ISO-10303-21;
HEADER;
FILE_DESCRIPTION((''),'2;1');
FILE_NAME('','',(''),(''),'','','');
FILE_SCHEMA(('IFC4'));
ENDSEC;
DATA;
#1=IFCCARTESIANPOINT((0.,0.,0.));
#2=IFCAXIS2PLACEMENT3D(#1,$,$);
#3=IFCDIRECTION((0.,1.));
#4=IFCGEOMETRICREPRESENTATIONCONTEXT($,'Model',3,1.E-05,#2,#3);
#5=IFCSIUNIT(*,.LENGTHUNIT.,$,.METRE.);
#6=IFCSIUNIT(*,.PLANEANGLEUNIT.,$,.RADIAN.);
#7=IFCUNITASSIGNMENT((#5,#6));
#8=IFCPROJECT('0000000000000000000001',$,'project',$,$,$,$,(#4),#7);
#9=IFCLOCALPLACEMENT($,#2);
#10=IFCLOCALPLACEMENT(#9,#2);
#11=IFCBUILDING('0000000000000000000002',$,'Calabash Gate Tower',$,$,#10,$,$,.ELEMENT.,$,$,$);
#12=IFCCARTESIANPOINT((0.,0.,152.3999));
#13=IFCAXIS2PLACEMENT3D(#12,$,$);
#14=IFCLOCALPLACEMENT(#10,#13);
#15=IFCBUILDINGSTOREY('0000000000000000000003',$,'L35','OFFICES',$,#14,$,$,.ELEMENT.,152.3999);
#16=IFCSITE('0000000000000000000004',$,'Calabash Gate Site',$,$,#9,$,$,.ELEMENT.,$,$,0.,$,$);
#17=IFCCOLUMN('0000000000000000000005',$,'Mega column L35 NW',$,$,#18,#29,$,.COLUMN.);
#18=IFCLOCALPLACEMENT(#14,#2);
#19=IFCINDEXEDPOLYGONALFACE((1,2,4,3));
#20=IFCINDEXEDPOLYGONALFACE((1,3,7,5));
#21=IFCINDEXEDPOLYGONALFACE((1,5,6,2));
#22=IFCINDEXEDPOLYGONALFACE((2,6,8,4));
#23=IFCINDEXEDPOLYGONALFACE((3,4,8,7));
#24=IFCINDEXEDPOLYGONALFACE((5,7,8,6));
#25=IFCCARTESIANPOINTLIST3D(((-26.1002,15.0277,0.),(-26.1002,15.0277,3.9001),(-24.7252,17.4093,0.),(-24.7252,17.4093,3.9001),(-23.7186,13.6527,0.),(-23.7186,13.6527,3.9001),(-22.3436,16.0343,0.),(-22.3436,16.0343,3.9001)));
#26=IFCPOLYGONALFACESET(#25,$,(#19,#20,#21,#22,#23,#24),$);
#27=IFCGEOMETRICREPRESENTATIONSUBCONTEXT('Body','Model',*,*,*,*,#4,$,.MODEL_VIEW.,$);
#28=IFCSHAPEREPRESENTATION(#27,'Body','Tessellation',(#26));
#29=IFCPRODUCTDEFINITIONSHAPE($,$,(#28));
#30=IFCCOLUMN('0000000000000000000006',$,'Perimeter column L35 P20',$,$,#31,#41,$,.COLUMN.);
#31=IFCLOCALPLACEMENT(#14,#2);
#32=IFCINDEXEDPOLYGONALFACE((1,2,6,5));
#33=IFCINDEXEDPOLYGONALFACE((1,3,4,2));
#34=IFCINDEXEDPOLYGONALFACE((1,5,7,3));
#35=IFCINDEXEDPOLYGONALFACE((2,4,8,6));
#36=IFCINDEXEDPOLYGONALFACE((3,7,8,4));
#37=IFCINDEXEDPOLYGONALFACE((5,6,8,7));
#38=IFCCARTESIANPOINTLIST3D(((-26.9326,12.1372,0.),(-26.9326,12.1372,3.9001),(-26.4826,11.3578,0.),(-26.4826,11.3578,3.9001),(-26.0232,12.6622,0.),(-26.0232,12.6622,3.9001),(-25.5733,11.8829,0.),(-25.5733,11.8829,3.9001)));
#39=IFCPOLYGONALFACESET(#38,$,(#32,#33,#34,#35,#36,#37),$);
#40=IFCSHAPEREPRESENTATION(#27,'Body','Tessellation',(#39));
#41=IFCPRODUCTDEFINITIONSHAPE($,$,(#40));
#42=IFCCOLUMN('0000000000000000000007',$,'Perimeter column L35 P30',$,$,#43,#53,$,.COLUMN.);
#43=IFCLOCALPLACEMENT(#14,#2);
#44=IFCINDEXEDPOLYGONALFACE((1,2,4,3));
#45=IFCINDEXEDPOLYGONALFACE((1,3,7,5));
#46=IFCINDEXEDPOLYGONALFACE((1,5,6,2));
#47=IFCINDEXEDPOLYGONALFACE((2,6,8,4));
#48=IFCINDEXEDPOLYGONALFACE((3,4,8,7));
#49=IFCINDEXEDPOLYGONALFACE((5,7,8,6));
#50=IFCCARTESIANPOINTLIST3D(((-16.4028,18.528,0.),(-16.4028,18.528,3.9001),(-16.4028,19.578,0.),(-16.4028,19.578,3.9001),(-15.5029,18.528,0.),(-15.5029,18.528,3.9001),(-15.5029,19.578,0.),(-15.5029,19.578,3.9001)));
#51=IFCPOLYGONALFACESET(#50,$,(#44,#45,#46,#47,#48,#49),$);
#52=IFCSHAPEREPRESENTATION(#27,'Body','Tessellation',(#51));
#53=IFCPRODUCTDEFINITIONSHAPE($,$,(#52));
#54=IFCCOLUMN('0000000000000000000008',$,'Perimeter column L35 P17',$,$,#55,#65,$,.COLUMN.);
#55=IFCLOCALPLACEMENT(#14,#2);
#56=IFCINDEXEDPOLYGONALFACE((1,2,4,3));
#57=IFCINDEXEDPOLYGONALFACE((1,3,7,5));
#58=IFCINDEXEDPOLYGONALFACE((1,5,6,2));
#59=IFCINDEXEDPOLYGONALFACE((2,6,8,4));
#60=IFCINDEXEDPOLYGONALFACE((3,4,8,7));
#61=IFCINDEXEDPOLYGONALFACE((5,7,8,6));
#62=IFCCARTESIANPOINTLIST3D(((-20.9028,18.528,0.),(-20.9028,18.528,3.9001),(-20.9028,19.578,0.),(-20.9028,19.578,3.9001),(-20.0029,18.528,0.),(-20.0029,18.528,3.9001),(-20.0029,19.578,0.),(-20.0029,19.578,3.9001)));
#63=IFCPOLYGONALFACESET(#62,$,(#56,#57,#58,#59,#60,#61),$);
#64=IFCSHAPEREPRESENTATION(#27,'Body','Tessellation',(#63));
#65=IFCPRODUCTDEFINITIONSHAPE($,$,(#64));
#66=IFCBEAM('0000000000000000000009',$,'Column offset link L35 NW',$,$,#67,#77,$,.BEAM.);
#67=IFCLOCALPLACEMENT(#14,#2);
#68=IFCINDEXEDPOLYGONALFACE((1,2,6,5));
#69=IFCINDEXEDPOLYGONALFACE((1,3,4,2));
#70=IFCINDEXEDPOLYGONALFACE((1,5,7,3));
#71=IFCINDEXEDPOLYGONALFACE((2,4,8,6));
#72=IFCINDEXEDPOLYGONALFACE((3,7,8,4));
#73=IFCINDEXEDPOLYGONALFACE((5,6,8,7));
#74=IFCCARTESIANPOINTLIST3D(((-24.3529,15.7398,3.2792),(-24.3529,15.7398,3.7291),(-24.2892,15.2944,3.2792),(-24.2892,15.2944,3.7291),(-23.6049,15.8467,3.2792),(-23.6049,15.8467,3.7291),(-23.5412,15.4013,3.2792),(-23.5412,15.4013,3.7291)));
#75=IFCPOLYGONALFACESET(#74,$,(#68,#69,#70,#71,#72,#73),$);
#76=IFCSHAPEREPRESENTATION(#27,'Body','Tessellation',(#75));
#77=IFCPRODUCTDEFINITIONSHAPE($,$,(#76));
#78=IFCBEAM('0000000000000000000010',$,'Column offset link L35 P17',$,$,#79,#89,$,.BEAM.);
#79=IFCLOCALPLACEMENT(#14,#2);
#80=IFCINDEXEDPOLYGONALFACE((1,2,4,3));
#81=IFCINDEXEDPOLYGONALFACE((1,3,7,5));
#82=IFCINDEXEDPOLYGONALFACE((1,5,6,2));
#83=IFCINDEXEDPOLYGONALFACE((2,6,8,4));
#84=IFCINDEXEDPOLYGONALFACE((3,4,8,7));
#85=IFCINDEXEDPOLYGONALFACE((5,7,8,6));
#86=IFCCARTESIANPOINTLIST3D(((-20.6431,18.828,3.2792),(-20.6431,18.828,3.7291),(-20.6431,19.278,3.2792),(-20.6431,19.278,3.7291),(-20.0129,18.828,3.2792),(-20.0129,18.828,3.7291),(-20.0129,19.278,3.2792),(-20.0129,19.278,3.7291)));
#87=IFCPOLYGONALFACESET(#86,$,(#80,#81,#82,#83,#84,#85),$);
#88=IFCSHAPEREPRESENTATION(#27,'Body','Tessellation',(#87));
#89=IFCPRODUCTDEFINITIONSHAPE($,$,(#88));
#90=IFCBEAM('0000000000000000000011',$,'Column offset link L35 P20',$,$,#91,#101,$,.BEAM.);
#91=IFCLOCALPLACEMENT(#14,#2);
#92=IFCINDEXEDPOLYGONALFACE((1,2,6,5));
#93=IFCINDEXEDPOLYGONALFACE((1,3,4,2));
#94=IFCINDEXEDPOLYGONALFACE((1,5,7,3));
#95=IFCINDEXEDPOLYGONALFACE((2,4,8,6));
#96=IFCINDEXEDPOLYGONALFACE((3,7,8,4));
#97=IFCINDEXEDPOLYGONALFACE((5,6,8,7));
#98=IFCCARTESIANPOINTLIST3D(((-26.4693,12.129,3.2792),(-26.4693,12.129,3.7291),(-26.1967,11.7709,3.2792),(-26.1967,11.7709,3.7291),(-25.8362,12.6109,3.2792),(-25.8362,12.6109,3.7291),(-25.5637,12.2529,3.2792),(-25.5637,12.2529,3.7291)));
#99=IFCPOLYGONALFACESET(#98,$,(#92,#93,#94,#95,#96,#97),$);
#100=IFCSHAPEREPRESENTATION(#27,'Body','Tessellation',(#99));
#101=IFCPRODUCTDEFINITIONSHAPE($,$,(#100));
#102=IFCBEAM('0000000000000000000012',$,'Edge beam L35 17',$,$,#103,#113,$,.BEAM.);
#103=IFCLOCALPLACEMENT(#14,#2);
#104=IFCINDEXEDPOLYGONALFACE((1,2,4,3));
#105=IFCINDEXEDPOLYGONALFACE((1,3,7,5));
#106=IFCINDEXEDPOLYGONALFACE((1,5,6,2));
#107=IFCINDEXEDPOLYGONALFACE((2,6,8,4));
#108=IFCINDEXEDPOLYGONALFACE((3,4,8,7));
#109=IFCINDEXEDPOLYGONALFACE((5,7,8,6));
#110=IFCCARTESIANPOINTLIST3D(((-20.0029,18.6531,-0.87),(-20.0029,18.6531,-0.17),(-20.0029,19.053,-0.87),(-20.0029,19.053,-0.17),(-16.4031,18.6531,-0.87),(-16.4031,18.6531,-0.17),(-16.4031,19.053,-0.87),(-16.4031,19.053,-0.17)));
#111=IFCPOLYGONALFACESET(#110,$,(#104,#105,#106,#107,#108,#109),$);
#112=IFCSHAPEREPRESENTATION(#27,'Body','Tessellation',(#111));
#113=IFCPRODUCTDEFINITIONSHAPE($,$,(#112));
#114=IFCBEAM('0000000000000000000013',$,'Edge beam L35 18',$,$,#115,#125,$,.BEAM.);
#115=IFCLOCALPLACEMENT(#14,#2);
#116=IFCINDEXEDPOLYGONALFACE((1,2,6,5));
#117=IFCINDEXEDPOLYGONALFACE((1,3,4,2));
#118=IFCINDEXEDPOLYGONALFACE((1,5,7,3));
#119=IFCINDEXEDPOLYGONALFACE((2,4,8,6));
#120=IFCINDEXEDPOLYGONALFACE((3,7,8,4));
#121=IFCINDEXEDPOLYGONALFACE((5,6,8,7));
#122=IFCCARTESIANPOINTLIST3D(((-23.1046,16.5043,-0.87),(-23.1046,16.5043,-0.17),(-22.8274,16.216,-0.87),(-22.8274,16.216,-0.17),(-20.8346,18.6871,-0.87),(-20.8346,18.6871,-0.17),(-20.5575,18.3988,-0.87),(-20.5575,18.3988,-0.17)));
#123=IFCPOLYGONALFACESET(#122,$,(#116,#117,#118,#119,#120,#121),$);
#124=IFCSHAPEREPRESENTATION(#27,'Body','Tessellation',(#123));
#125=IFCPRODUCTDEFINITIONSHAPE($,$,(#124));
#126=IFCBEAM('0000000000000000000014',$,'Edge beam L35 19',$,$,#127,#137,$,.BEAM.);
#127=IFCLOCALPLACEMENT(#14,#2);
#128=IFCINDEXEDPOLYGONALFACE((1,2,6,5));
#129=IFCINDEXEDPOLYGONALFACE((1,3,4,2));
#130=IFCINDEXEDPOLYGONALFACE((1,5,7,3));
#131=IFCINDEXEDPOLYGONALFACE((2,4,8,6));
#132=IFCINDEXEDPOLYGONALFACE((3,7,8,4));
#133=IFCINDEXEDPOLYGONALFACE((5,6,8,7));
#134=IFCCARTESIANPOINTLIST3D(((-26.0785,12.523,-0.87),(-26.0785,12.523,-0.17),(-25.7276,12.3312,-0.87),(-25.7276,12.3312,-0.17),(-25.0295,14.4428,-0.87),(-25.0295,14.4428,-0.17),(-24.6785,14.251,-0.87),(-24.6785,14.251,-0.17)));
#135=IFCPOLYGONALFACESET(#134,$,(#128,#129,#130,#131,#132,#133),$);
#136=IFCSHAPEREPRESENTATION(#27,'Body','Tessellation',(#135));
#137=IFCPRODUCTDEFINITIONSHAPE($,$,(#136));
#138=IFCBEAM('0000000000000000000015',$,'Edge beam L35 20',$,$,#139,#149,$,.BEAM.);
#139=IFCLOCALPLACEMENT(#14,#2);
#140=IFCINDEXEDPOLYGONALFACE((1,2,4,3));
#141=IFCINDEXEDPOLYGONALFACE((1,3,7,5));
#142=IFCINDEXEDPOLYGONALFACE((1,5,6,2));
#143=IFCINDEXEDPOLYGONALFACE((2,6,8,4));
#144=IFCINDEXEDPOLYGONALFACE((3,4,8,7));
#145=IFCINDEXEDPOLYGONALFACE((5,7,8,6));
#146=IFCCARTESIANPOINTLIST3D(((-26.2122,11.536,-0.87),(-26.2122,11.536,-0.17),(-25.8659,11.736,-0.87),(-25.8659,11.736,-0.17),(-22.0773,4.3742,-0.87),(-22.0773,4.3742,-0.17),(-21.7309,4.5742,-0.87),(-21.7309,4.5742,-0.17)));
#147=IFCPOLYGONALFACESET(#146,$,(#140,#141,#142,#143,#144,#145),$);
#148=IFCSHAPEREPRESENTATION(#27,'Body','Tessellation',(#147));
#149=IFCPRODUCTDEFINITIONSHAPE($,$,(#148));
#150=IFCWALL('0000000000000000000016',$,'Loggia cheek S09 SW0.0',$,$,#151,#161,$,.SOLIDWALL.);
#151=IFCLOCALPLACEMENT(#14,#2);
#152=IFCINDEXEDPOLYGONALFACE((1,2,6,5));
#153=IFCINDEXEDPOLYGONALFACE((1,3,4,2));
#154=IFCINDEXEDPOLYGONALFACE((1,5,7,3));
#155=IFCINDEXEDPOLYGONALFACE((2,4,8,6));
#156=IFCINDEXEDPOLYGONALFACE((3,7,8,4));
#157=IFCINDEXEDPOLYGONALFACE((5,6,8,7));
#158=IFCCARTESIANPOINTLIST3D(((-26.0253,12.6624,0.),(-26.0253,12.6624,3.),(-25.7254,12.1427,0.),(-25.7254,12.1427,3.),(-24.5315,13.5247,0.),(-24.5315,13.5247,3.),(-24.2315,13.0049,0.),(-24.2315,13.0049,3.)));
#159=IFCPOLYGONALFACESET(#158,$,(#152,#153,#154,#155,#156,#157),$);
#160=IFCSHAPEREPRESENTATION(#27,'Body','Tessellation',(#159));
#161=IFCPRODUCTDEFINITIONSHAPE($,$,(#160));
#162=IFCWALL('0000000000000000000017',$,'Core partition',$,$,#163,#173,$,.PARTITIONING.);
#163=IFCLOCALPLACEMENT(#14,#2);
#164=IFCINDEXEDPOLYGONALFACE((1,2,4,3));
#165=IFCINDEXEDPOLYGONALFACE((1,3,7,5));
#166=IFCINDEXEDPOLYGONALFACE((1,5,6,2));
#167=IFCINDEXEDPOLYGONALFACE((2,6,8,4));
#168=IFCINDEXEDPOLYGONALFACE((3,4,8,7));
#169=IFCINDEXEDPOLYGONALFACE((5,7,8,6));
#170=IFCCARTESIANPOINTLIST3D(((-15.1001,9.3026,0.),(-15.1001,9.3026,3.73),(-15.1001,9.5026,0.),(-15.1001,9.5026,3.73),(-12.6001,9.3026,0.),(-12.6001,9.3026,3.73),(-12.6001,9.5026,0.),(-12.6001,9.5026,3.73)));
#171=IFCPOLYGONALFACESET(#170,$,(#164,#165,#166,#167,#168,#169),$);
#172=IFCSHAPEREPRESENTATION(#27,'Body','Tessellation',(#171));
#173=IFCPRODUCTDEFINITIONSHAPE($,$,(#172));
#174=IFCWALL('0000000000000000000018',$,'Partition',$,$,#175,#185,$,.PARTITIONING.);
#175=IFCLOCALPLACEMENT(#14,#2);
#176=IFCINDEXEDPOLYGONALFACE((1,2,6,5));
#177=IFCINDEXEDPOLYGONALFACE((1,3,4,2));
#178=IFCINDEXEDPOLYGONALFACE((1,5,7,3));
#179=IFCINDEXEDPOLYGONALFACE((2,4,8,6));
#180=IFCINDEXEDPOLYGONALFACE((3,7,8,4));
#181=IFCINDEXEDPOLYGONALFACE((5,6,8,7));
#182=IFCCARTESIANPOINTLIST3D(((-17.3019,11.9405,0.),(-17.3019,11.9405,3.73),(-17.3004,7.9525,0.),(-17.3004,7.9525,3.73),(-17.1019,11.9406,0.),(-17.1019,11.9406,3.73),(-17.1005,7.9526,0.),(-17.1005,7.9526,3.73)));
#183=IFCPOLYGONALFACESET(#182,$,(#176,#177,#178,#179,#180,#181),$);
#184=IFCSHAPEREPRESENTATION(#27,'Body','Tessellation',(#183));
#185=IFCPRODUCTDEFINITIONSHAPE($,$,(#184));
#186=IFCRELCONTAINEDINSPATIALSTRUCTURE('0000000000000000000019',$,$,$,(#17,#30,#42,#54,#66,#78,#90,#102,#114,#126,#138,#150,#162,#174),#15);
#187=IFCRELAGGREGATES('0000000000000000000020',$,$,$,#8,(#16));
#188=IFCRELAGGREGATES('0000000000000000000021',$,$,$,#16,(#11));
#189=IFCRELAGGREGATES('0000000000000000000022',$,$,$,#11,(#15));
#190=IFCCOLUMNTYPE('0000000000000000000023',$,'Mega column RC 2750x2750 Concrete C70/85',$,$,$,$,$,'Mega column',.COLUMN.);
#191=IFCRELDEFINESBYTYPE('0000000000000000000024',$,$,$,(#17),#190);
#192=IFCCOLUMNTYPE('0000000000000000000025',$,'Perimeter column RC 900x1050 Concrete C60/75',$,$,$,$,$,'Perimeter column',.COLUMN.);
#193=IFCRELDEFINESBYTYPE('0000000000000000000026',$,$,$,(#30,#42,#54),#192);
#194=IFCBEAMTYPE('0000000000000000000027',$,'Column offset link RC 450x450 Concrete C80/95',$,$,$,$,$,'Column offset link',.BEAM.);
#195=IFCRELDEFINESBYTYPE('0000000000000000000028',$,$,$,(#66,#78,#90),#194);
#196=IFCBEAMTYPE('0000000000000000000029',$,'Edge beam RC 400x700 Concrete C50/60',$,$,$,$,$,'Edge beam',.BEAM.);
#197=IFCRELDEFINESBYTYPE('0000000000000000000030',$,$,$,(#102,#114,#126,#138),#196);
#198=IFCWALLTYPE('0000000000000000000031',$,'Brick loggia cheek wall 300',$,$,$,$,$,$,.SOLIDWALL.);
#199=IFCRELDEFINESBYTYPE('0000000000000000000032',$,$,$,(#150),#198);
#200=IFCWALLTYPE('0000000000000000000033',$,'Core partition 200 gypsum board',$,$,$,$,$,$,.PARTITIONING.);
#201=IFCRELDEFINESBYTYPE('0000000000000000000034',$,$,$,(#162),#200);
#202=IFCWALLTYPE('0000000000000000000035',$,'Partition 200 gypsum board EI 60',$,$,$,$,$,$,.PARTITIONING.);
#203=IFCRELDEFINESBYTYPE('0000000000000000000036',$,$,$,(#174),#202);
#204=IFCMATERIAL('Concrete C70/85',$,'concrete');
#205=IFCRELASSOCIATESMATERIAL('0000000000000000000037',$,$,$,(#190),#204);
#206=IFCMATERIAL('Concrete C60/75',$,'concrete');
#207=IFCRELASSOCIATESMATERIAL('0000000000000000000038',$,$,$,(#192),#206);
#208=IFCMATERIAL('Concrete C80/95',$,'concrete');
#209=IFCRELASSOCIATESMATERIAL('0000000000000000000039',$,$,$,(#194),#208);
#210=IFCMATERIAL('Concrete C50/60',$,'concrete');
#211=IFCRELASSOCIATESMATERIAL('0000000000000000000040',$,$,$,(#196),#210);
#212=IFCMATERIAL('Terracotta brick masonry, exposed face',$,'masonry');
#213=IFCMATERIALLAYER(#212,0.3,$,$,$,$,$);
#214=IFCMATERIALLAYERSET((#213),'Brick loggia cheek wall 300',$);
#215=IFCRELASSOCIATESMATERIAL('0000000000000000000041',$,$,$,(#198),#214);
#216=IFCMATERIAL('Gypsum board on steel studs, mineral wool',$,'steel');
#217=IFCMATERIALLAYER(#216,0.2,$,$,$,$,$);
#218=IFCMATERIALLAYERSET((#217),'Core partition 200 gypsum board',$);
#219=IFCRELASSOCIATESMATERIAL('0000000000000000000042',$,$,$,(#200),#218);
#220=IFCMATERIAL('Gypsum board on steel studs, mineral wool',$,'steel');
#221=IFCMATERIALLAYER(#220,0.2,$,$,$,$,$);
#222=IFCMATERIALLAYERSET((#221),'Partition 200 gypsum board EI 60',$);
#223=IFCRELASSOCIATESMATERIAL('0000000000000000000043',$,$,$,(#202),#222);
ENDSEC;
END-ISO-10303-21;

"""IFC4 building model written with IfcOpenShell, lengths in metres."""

from ifc_helpers import new_model, si_unit, direction, frame, frame_2d, origin, origin_2d, place, context, subcontext, project, spatial, rectangle, extrude, material, layer, layer_set, material_profile, profile_set, type_object, element, save


model = new_model("IFC4")

# Units and contexts
model_context = context("Model", 3, precision=1e-05, world=origin(), true_north=direction((0.0, 1.0)))
body_context = subcontext(model_context, "Body", "Model", "MODEL_VIEW")
ifc_project = project(units=[si_unit("LENGTHUNIT", "METRE"), si_unit("PLANEANGLEUNIT", "RADIAN")], contexts=[model_context])

# Site, building, storey
site_placement = place(None, origin())
site = spatial("IfcSite", under=ifc_project, at=site_placement, Name="Calabash Gate Site", CompositionType="ELEMENT", RefElevation=0.0)
building_placement = place(site_placement, origin())
building = spatial("IfcBuilding", under=site, at=building_placement, Name="Calabash Gate Tower", CompositionType="ELEMENT")
storey_placement = place(building_placement, frame((0.0, 0.0, 152.3999)))
storey = spatial("IfcBuildingStorey", under=building, at=storey_placement, Name="L35", Description="OFFICES", CompositionType="ELEMENT", Elevation=152.3999)

# Columns
ifc_material_1 = material(Name="Concrete C70/85", Category="concrete")
ifc_material_profile_1 = material_profile(ifc_material_1, rectangle(XDim=2.75, YDim=2.75, at=origin_2d()))
ifc_profile_set_1 = profile_set([ifc_material_profile_1], Name="Concrete C70/85")
column_type_1 = type_object("IfcColumnType", Name="Mega column RC 2750x2750 Concrete C70/85", ElementType="Mega column", PredefinedType="COLUMN", material=ifc_profile_set_1)
column_placement = place(storey_placement, frame((-24.2219, 15.531, 0.0), z_axis=(0.0, 0.0, 1.0), x_axis=(0.866025, -0.5, 0.0)))
element("IfcColumn", 1, at=column_placement, inside=storey, type_object=column_type_1, Name="Mega column L35 NW", PredefinedType="COLUMN", context=body_context, shape_type="SweptSolid", body=[
    extrude(rectangle(XDim=2.75, YDim=2.75, at=origin_2d()), origin(), (0.0, 0.0, 1.0), 3.9001),
])
ifc_material_2 = material(Name="Concrete C60/75", Category="concrete")
ifc_material_profile_2 = material_profile(ifc_material_2, rectangle(XDim=0.8999, YDim=1.05, at=origin_2d()))
ifc_profile_set_2 = profile_set([ifc_material_profile_2], Name="Concrete C60/75")
column_type_2 = type_object("IfcColumnType", Name="Perimeter column RC 900x1050 Concrete C60/75", ElementType="Perimeter column", PredefinedType="COLUMN", material=ifc_profile_set_2)
for number, where, z_axis, x_axis, name in (
    (2, (-26.2529, 12.01, 0.0), (0.0, 0.0, 1.0), (0.5, -0.866025, 0.0), "Perimeter column L35 P20"),
    (3, (-15.9529, 19.053, 0.0), (0.0, 0.0, 1.0), (-1.0, 0.0, 0.0), "Perimeter column L35 P30"),
    (4, (-20.4529, 19.053, 0.0), (0.0, 0.0, 1.0), (-1.0, 0.0, 0.0), "Perimeter column L35 P17"),
):
    element("IfcColumn", number, at=place(storey_placement, frame(where, z_axis=z_axis, x_axis=x_axis)), inside=storey, type_object=column_type_2, Name=name, PredefinedType="COLUMN", context=body_context, shape_type="SweptSolid", body=[
        extrude(rectangle(XDim=0.8999, YDim=1.05, at=origin_2d()), origin(), (0.0, 0.0, 1.0), 3.9001),
    ])

# Beams
ifc_material_3 = material(Name="Concrete C80/95", Category="concrete")
ifc_material_profile_3 = material_profile(ifc_material_3, rectangle(XDim=0.45, YDim=0.45, at=origin_2d()))
ifc_profile_set_3 = profile_set([ifc_material_profile_3], Name="Concrete C80/95")
beam_type_1 = type_object("IfcBeamType", Name="Column offset link RC 450x450 Concrete C80/95", ElementType="Column offset link", PredefinedType="BEAM", material=ifc_profile_set_3)
beam_1_placement = place(storey_placement, frame((-24.321, 15.5171, 3.5042), z_axis=(0.989937, 0.141512, 0.0), x_axis=(-0.141512, 0.989937, 0.0)))
element("IfcBeam", 5, at=beam_1_placement, inside=storey, type_object=beam_type_1, Name="Column offset link L35 NW", PredefinedType="BEAM", context=body_context, shape_type="SweptSolid", body=[
    extrude(rectangle(XDim=0.45, YDim=0.45, at=origin_2d()), origin(), (0.0, 0.0, 1.0), 0.7556),
])
beam_2_placement = place(storey_placement, frame((-20.6431, 19.053, 3.5042), z_axis=(1.0, 0.0, 0.0), x_axis=(0.0, 1.0, 0.0)))
element("IfcBeam", 6, at=beam_2_placement, inside=storey, type_object=beam_type_1, Name="Column offset link L35 P17", PredefinedType="BEAM", context=body_context, shape_type="SweptSolid", body=[
    extrude(rectangle(XDim=0.45, YDim=0.45, at=origin_2d()), origin(), (0.0, 0.0, 1.0), 0.6301),
])
beam_3_placement = place(storey_placement, frame((-26.333, 11.95, 3.5042), z_axis=(0.795671, 0.605729, 0.0), x_axis=(-0.605729, 0.795671, 0.0)))
element("IfcBeam", 7, at=beam_3_placement, inside=storey, type_object=beam_type_1, Name="Column offset link L35 P20", PredefinedType="BEAM", context=body_context, shape_type="SweptSolid", body=[
    extrude(rectangle(XDim=0.45, YDim=0.45, at=origin_2d()), origin(), (0.0, 0.0, 1.0), 0.7957),
])
ifc_material_4 = material(Name="Concrete C50/60", Category="concrete")
ifc_material_profile_4 = material_profile(ifc_material_4, rectangle(XDim=0.3999, YDim=0.7, at=origin_2d()))
ifc_profile_set_4 = profile_set([ifc_material_profile_4], Name="Concrete C50/60")
beam_type_2 = type_object("IfcBeamType", Name="Edge beam RC 400x700 Concrete C50/60", ElementType="Edge beam", PredefinedType="BEAM", material=ifc_profile_set_4)
beam_4_placement = place(storey_placement, frame((-16.4031, 18.853, -0.52), z_axis=(-1.0, 0.0, 0.0), x_axis=(0.0, -1.0, 0.0)))
element("IfcBeam", 8, at=beam_4_placement, inside=storey, type_object=beam_type_2, Name="Edge beam L35 17", PredefinedType="BEAM", context=body_context, shape_type="SweptSolid", body=[
    extrude(rectangle(XDim=0.3999, YDim=0.7, at=origin_2d()), origin(), (0.0, 0.0, 1.0), 3.5999),
])
beam_5_placement = place(storey_placement, frame((-20.696, 18.543, -0.52), z_axis=(-0.720809, -0.693134, 0.0), x_axis=(0.693134, -0.720809, 0.0)))
element("IfcBeam", 9, at=beam_5_placement, inside=storey, type_object=beam_type_2, Name="Edge beam L35 18", PredefinedType="BEAM", context=body_context, shape_type="SweptSolid", body=[
    extrude(rectangle(XDim=0.3999, YDim=0.7, at=origin_2d()), origin(), (0.0, 0.0, 1.0), 3.1492),
])
beam_6_placement = place(storey_placement, frame((-24.854, 14.3469, -0.52), z_axis=(-0.479501, -0.877541, 0.0), x_axis=(0.877541, -0.479501, 0.0)))
element("IfcBeam", 10, at=beam_6_placement, inside=storey, type_object=beam_type_2, Name="Edge beam L35 19", PredefinedType="BEAM", context=body_context, shape_type="SweptSolid", body=[
    extrude(rectangle(XDim=0.3999, YDim=0.7, at=origin_2d()), origin(), (0.0, 0.0, 1.0), 2.1877),
])
beam_7_placement = place(storey_placement, frame((-26.0391, 11.636, -0.52), z_axis=(0.50001, -0.86602, 0.0), x_axis=(0.86602, 0.50001, 0.0)))
element("IfcBeam", 11, at=beam_7_placement, inside=storey, type_object=beam_type_2, Name="Edge beam L35 20", PredefinedType="BEAM", context=body_context, shape_type="SweptSolid", body=[
    extrude(rectangle(XDim=0.3999, YDim=0.7, at=origin_2d()), origin(), (0.0, 0.0, 1.0), 8.2698),
])

# Walls
ifc_material_5 = material(Name="Terracotta brick masonry, exposed face", Category="masonry")
ifc_layer_1 = layer(ifc_material_5, 0.3)
ifc_layer_set_1 = layer_set([ifc_layer_1], Name="Brick loggia cheek wall 300")
wall_type_1 = type_object("IfcWallType", Name="Brick loggia cheek wall 300", PredefinedType="SOLIDWALL", material=ifc_layer_set_1)
wall_1_placement = place(storey_placement, frame((-25.8752, 12.4026, 0.0), z_axis=(0.0, 0.0, 1.0), x_axis=(0.866075, 0.499914, 0.0)))
element("IfcWall", 12, at=wall_1_placement, inside=storey, type_object=wall_type_1, Name="Loggia cheek S09 SW0.0", PredefinedType="SOLIDWALL", context=body_context, shape_type="SweptSolid", body=[
    extrude(rectangle(XDim=1.7249, YDim=0.6001, at=frame_2d((0.8623, 0.0))), origin(), (0.0, 0.0, 1.0), 3.0),
])
ifc_material_6 = material(Name="Gypsum board on steel studs, mineral wool", Category="steel")
ifc_layer_2 = layer(ifc_material_6, 0.2)
ifc_layer_set_2 = layer_set([ifc_layer_2], Name="Core partition 200 gypsum board")
wall_type_2 = type_object("IfcWallType", Name="Core partition 200 gypsum board", PredefinedType="PARTITIONING", material=ifc_layer_set_2)
wall_2_placement = place(storey_placement, frame((-15.1001, 9.4026, 0.0), z_axis=(0.0, 0.0, 1.0), x_axis=(1.0, 0.0, 0.0)))
element("IfcWall", 13, at=wall_2_placement, inside=storey, type_object=wall_type_2, Name="Core partition", PredefinedType="PARTITIONING", context=body_context, shape_type="SweptSolid", body=[
    extrude(rectangle(XDim=2.5, YDim=0.2, at=frame_2d((1.25, 0.0))), origin(), (0.0, 0.0, 1.0), 3.73),
])
ifc_material_7 = material(Name="Gypsum board on steel studs, mineral wool", Category="steel")
ifc_layer_3 = layer(ifc_material_7, 0.2)
ifc_layer_set_3 = layer_set([ifc_layer_3], Name="Partition 200 gypsum board EI 60")
wall_type_3 = type_object("IfcWallType", Name="Partition 200 gypsum board EI 60", PredefinedType="PARTITIONING", material=ifc_layer_set_3)
wall_3_placement = place(storey_placement, frame((-17.2019, 11.9407, 0.0), z_axis=(0.0, 0.0, 1.0), x_axis=(0.000367, -1.0, 0.0)))
element("IfcWall", 14, at=wall_3_placement, inside=storey, type_object=wall_type_3, Name="Partition", PredefinedType="PARTITIONING", context=body_context, shape_type="SweptSolid", body=[
    extrude(rectangle(XDim=3.988, YDim=0.2, at=frame_2d((1.9941, 0.0))), origin(), (0.0, 0.0, 1.0), 3.73),
])

save(model, "model.ifc")
